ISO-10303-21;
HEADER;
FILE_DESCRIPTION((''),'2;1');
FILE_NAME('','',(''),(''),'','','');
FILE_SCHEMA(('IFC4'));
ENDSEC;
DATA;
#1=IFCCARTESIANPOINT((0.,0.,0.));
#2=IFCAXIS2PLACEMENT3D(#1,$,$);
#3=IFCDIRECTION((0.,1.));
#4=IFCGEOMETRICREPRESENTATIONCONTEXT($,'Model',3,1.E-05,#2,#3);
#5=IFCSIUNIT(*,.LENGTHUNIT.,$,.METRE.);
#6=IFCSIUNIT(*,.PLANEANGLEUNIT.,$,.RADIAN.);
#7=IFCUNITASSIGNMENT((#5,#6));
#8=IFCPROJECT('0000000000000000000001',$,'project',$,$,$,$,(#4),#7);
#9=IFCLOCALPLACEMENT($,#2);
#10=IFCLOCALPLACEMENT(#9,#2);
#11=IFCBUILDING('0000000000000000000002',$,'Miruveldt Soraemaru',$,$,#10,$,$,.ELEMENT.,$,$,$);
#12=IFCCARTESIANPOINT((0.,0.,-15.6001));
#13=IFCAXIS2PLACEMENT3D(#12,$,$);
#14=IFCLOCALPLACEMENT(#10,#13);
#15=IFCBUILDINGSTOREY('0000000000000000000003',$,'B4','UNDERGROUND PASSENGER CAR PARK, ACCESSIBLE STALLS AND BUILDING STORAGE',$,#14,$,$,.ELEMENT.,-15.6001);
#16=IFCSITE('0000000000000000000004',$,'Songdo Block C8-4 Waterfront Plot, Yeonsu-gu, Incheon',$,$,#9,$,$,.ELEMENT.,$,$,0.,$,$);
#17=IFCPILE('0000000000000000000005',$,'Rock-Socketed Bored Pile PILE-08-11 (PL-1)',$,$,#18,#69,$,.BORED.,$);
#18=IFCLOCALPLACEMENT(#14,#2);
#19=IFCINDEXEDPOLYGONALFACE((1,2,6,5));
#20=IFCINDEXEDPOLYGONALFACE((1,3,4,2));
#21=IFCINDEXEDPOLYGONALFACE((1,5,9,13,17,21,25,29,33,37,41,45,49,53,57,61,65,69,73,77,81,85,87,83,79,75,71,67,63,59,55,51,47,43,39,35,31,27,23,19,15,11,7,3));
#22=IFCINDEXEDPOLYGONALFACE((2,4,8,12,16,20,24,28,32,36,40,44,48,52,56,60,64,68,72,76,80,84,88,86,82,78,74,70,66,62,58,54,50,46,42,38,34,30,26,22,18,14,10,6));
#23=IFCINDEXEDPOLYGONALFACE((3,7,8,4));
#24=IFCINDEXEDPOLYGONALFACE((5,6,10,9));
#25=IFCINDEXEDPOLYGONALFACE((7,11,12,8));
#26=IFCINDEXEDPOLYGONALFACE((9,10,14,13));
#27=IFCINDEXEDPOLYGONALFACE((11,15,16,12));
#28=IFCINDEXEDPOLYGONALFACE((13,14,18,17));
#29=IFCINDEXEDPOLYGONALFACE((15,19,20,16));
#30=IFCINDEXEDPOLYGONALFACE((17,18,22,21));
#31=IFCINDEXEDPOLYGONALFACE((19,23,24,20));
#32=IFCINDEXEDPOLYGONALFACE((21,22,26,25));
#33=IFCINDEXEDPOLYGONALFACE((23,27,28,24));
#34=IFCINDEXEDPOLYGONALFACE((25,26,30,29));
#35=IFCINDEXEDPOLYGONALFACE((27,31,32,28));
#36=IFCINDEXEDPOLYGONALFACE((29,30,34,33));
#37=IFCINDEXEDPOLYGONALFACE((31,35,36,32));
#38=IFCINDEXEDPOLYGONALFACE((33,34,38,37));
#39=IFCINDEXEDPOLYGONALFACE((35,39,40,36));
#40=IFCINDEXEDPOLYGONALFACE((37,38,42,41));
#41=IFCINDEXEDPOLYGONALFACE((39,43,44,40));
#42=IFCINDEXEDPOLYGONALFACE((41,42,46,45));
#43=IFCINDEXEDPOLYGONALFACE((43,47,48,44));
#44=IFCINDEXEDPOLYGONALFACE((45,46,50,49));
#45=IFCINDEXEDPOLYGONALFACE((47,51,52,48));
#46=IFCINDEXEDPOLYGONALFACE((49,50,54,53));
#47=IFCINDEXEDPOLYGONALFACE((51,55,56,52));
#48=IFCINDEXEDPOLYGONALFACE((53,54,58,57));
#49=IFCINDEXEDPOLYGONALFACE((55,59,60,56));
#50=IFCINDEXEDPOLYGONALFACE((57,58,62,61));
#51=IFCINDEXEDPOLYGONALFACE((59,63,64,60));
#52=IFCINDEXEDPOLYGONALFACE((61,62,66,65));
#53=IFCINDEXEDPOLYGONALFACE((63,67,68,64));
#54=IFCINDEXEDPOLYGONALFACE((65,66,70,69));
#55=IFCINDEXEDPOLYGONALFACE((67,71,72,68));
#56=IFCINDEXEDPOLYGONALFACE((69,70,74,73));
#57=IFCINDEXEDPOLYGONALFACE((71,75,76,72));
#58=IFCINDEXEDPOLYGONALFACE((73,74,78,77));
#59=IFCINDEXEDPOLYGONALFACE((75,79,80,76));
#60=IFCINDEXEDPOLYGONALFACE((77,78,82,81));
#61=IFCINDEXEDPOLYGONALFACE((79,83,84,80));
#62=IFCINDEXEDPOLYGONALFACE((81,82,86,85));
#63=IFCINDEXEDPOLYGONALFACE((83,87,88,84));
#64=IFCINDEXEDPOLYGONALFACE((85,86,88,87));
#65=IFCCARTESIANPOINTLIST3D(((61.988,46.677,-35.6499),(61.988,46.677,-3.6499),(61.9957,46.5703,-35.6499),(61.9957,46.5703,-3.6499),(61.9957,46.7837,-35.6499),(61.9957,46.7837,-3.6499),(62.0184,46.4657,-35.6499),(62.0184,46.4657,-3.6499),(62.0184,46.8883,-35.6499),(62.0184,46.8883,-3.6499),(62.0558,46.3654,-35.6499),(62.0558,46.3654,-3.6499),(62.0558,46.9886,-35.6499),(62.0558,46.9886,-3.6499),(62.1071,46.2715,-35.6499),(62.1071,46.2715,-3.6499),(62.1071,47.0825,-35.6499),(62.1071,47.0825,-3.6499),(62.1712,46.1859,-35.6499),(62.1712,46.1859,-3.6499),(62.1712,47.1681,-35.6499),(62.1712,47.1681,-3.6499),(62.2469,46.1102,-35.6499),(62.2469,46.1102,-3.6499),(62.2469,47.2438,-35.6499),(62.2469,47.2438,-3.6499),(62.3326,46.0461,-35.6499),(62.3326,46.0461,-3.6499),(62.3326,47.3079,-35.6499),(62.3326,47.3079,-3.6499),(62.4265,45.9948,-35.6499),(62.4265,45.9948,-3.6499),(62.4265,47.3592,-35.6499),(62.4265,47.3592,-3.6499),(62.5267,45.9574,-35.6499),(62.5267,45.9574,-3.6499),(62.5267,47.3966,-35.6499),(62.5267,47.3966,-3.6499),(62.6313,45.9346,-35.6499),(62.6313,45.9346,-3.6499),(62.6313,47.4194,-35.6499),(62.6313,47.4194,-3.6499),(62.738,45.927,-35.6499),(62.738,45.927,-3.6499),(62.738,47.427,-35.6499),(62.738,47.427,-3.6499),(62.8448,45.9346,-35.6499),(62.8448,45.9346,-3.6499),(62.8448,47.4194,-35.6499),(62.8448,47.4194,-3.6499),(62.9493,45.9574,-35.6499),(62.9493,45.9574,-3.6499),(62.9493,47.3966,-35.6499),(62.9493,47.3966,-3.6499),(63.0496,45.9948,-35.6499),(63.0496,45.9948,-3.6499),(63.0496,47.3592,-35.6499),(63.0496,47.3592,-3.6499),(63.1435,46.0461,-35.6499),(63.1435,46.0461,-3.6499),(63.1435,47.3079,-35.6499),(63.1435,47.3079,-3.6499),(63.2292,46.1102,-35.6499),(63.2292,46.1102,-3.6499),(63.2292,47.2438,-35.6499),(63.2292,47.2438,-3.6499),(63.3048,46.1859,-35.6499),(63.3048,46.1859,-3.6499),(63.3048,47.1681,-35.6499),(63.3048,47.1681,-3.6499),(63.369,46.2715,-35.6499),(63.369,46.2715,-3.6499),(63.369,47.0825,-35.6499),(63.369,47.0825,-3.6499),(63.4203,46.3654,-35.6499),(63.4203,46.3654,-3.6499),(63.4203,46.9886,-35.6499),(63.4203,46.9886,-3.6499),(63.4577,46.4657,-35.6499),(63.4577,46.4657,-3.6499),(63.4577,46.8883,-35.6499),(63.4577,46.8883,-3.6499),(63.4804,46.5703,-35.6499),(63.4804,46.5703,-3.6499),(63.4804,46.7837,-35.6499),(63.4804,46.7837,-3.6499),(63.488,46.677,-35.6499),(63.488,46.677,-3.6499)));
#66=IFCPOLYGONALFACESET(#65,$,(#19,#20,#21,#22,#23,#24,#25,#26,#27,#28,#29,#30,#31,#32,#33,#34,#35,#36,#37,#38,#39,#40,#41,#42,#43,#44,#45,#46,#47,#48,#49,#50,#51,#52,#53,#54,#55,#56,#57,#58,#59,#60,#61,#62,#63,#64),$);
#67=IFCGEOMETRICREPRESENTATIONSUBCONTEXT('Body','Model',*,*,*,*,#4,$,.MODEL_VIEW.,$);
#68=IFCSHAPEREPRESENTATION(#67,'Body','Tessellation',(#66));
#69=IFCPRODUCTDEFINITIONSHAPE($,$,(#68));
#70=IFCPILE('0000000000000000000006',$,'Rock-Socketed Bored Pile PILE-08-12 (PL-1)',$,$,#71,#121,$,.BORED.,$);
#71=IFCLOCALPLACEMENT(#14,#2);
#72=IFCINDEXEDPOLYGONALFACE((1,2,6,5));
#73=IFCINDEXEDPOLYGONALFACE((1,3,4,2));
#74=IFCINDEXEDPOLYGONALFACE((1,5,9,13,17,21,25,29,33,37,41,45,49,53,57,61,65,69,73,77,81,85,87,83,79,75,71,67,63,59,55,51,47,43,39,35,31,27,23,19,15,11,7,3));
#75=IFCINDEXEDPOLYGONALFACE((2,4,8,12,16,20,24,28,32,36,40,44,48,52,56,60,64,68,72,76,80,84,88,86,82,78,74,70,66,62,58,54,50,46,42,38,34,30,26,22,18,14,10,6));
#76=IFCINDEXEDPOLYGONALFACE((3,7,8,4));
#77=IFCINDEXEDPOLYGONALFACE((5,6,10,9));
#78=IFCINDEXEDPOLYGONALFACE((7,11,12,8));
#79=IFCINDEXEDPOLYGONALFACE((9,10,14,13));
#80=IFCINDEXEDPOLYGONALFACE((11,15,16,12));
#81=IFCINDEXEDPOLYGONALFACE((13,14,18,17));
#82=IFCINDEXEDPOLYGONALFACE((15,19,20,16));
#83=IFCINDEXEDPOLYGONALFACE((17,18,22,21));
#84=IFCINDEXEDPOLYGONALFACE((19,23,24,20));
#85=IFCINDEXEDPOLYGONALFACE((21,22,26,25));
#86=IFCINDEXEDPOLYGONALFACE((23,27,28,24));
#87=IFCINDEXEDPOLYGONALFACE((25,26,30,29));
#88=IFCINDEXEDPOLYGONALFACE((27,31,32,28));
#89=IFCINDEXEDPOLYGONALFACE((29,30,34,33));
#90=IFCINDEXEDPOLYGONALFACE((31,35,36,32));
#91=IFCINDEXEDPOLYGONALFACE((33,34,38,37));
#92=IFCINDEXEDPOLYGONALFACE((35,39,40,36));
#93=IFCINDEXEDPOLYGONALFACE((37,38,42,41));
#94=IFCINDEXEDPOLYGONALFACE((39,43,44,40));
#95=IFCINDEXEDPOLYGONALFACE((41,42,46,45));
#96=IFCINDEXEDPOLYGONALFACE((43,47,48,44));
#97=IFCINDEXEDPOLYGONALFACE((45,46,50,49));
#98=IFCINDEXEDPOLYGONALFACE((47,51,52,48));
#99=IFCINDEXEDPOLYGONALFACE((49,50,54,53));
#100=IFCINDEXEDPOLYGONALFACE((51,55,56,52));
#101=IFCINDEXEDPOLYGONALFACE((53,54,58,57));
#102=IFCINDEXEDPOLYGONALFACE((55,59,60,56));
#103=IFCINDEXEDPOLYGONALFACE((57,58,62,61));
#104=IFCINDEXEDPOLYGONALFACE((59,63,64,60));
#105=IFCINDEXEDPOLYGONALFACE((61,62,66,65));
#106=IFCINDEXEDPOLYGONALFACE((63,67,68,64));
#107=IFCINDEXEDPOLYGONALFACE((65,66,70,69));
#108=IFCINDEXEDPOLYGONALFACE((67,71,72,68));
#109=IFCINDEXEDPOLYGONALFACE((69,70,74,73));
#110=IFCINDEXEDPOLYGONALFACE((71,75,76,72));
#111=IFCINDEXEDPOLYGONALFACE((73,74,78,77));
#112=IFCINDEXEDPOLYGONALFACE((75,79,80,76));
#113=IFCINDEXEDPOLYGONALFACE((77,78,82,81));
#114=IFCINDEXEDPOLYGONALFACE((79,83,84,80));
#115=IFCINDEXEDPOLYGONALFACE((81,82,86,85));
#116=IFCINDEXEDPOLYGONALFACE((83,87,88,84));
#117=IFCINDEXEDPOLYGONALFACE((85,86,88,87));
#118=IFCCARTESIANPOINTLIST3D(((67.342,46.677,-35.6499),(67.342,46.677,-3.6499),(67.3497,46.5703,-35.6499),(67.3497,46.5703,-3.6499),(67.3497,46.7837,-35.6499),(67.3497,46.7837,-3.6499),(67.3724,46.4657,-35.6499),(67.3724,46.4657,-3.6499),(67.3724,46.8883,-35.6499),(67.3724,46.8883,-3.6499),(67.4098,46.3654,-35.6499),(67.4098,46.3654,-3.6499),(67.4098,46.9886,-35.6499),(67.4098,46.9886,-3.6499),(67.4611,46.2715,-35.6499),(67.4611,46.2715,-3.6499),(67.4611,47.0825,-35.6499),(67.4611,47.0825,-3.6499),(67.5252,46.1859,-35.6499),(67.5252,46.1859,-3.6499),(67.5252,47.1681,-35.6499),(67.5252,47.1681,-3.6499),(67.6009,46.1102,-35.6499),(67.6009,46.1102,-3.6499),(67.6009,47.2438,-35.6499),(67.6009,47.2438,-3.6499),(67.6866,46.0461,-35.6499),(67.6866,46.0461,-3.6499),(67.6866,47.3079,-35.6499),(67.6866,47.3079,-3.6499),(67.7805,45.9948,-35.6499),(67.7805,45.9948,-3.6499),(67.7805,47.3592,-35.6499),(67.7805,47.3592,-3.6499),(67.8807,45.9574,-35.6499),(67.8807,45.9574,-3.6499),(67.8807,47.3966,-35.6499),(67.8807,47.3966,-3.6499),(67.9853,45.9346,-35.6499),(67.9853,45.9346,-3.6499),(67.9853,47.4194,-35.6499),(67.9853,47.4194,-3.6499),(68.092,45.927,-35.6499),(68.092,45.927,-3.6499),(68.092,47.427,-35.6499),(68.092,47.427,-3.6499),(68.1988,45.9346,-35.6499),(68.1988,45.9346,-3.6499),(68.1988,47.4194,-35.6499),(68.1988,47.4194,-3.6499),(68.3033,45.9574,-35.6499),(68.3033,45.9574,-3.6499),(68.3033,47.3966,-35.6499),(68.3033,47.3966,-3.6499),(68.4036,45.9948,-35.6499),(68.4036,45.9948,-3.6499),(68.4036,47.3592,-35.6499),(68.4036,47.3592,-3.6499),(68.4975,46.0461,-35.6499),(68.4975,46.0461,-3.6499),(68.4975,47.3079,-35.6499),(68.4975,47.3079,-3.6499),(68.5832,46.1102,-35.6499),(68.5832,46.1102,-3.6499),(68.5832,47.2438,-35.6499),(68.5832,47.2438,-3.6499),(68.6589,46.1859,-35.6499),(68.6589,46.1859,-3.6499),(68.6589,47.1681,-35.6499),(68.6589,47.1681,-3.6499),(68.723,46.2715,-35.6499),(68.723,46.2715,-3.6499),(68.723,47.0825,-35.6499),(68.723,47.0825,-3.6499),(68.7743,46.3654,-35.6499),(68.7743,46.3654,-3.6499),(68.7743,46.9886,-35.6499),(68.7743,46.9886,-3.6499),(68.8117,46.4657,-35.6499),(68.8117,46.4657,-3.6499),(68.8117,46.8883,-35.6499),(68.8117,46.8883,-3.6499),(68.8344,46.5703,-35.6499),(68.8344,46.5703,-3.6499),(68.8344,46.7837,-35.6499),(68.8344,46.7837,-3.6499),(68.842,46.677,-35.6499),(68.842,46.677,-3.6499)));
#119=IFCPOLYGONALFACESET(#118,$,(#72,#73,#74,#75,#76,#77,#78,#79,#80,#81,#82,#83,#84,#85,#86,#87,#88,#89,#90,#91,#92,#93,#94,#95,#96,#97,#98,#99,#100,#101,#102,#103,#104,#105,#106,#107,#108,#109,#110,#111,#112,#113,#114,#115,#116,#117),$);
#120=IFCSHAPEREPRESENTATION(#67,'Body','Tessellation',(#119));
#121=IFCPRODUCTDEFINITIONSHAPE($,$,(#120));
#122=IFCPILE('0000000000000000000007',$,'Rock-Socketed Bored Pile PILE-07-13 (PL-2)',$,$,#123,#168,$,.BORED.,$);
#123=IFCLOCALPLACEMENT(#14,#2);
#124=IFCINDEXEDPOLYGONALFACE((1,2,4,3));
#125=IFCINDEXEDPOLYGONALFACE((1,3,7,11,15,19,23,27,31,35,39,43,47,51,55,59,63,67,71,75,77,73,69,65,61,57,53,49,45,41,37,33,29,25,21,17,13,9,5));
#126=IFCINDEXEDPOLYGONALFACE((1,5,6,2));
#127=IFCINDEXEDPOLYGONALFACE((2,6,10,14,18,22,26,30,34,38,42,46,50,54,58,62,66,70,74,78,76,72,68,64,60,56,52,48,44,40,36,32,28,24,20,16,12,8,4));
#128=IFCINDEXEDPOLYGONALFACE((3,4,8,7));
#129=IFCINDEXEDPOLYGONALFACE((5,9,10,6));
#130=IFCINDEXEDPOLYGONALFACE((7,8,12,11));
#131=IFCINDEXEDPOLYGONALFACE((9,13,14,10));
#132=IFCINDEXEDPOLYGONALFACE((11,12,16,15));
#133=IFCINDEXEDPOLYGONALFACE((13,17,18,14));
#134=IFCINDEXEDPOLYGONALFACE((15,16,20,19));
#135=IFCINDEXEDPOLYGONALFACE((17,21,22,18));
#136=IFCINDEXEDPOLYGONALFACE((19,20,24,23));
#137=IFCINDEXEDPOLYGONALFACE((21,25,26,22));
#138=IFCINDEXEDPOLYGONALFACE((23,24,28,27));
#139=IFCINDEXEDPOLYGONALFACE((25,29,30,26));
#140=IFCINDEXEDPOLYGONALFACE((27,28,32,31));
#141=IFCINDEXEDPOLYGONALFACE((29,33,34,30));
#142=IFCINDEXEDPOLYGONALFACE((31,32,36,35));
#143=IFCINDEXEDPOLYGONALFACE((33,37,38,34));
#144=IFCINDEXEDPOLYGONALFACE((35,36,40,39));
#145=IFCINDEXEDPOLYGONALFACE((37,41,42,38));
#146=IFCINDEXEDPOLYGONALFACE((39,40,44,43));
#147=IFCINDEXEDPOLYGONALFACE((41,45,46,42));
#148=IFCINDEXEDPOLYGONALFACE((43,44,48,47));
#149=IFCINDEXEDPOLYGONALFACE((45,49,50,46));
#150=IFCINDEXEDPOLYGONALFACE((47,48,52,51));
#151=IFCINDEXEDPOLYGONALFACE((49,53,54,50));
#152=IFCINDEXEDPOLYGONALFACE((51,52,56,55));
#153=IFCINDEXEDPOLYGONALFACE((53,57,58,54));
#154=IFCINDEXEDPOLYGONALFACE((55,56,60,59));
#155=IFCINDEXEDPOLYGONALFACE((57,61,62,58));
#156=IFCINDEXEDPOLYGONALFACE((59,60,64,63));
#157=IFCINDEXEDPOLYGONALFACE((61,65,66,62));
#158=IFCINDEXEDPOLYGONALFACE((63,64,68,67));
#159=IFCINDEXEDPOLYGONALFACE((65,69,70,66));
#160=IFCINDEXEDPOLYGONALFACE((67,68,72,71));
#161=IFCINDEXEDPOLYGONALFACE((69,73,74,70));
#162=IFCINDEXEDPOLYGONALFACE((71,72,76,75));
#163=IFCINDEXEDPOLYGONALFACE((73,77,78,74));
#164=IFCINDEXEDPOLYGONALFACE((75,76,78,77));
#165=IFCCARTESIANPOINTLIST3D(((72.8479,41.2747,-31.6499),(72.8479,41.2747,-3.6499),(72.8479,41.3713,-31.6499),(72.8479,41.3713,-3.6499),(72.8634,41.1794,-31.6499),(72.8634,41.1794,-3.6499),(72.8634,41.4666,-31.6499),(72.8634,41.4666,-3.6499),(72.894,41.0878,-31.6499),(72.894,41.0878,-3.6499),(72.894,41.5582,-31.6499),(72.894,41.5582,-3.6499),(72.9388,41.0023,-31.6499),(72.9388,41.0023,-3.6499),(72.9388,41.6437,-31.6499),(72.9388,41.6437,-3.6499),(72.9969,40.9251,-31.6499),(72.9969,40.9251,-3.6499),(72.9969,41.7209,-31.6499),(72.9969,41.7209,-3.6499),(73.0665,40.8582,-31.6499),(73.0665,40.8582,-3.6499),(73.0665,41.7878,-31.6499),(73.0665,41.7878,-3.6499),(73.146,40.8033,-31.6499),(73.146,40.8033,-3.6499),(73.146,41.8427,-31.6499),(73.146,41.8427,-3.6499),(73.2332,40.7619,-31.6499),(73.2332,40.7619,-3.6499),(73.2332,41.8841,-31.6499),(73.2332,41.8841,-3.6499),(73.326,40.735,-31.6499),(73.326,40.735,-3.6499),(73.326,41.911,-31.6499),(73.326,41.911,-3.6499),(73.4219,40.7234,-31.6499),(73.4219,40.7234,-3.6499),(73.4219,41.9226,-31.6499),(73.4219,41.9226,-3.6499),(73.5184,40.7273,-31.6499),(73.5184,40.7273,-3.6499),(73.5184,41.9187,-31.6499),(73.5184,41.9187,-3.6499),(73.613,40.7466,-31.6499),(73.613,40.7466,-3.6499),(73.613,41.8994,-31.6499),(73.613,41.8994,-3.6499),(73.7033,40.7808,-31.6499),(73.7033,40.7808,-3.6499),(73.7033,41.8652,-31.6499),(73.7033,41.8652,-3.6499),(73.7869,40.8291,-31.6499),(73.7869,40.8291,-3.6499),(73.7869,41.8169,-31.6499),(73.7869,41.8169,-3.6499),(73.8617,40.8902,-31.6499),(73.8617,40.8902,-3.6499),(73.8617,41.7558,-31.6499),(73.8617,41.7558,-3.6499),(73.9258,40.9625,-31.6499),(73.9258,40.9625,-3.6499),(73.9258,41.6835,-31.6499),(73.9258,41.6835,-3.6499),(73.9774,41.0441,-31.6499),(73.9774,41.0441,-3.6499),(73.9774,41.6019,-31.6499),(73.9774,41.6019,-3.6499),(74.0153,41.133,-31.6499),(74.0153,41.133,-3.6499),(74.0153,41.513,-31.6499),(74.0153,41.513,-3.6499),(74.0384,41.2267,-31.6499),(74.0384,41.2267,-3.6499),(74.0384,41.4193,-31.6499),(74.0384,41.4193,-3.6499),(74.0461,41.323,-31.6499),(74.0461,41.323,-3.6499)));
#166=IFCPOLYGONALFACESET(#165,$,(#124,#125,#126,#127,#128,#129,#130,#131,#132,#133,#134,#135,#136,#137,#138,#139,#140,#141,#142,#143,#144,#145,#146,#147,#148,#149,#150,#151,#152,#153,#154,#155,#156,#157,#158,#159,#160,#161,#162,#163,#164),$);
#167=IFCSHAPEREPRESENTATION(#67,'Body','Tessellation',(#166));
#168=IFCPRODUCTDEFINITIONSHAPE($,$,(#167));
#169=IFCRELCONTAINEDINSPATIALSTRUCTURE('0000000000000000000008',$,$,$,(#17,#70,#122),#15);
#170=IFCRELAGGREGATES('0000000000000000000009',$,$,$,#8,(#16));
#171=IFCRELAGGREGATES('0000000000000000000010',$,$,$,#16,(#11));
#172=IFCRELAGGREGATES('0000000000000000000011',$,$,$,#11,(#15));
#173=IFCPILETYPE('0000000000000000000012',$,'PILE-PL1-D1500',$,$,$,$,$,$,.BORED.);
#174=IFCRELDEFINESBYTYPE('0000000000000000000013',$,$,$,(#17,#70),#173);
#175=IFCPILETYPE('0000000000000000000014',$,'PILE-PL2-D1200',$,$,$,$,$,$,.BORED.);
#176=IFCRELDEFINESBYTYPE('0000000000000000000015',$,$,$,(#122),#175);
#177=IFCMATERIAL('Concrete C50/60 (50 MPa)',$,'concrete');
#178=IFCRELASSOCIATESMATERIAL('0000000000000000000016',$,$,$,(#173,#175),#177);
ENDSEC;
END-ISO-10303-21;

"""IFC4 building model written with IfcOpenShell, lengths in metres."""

from ifc_helpers import new_model, si_unit, direction, frame, origin, origin_2d, place, context, subcontext, project, spatial, circle, extrude, material, material_profile, profile_set, type_object, element, save


model = new_model("IFC4")

# Units and contexts
model_context = context("Model", 3, precision=1e-05, world=origin(), true_north=direction((0.0, 1.0)))
body_context = subcontext(model_context, "Body", "Model", "MODEL_VIEW")
ifc_project = project(units=[si_unit("LENGTHUNIT", "METRE"), si_unit("PLANEANGLEUNIT", "RADIAN")], contexts=[model_context])

# Site, building, storey
site_placement = place(None, origin())
site = spatial("IfcSite", under=ifc_project, at=site_placement, Name="Songdo Block C8-4 Waterfront Plot, Yeonsu-gu, Incheon", CompositionType="ELEMENT", RefElevation=0.0)
building_placement = place(site_placement, origin())
building = spatial("IfcBuilding", under=site, at=building_placement, Name="Miruveldt Soraemaru", CompositionType="ELEMENT")
storey_placement = place(building_placement, frame((0.0, 0.0, -15.6001)))
storey = spatial("IfcBuildingStorey", under=building, at=storey_placement, Name="B4", Description="UNDERGROUND PASSENGER CAR PARK, ACCESSIBLE STALLS AND BUILDING STORAGE", CompositionType="ELEMENT", Elevation=-15.6001)

# Piles
ifc_material_1 = material(Name="Concrete C50/60 (50 MPa)", Category="concrete")
ifc_material_profile_1 = material_profile(ifc_material_1, circle(Radius=0.75, at=origin_2d()), Name="Concrete C50/60 (50 MPa)", Category="concrete")
ifc_profile_set_1 = profile_set([ifc_material_profile_1], Name="Concrete C50/60 (50 MPa)")
pile_type_1 = type_object("IfcPileType", Name="PILE-PL1-D1500", PredefinedType="BORED", material=ifc_profile_set_1)
for number, where, z_axis, x_axis, name in (
    (1, (62.738, 46.677, -3.6499), (0.0, 0.0, -1.0), (1.0, 0.0, 0.0), "Rock-Socketed Bored Pile PILE-08-11 (PL-1)"),
    (2, (68.092, 46.677, -3.6499), (0.0, 0.0, -1.0), (1.0, 0.0, 0.0), "Rock-Socketed Bored Pile PILE-08-12 (PL-1)"),
):
    element("IfcPile", number, at=place(storey_placement, frame(where, z_axis=z_axis, x_axis=x_axis)), inside=storey, type_object=pile_type_1, Name=name, PredefinedType="BORED", context=body_context, shape_type="SweptSolid", body=[
        extrude(circle(Radius=0.75, at=origin_2d()), origin(), (0.0, 0.0, 1.0), 32.0),
    ])
ifc_material_profile_2 = material_profile(ifc_material_1, circle(Radius=0.6001, at=origin_2d()), Name="Concrete C50/60 (50 MPa)", Category="concrete")
ifc_profile_set_2 = profile_set([ifc_material_profile_2], Name="Concrete C50/60 (50 MPa)")
pile_type_2 = type_object("IfcPileType", Name="PILE-PL2-D1200", PredefinedType="BORED", material=ifc_profile_set_2)
for number, where, z_axis, x_axis, name in (
    (3, (73.446, 41.323, -3.6499), (0.0, 0.0, -1.0), (1.0, 0.0, 0.0), "Rock-Socketed Bored Pile PILE-07-13 (PL-2)"),
):
    element("IfcPile", number, at=place(storey_placement, frame(where, z_axis=z_axis, x_axis=x_axis)), inside=storey, type_object=pile_type_2, Name=name, PredefinedType="BORED", context=body_context, shape_type="SweptSolid", body=[
        extrude(circle(Radius=0.6001, at=origin_2d()), origin(), (0.0, 0.0, 1.0), 28.0),
    ])

save(model, "model.ifc")
